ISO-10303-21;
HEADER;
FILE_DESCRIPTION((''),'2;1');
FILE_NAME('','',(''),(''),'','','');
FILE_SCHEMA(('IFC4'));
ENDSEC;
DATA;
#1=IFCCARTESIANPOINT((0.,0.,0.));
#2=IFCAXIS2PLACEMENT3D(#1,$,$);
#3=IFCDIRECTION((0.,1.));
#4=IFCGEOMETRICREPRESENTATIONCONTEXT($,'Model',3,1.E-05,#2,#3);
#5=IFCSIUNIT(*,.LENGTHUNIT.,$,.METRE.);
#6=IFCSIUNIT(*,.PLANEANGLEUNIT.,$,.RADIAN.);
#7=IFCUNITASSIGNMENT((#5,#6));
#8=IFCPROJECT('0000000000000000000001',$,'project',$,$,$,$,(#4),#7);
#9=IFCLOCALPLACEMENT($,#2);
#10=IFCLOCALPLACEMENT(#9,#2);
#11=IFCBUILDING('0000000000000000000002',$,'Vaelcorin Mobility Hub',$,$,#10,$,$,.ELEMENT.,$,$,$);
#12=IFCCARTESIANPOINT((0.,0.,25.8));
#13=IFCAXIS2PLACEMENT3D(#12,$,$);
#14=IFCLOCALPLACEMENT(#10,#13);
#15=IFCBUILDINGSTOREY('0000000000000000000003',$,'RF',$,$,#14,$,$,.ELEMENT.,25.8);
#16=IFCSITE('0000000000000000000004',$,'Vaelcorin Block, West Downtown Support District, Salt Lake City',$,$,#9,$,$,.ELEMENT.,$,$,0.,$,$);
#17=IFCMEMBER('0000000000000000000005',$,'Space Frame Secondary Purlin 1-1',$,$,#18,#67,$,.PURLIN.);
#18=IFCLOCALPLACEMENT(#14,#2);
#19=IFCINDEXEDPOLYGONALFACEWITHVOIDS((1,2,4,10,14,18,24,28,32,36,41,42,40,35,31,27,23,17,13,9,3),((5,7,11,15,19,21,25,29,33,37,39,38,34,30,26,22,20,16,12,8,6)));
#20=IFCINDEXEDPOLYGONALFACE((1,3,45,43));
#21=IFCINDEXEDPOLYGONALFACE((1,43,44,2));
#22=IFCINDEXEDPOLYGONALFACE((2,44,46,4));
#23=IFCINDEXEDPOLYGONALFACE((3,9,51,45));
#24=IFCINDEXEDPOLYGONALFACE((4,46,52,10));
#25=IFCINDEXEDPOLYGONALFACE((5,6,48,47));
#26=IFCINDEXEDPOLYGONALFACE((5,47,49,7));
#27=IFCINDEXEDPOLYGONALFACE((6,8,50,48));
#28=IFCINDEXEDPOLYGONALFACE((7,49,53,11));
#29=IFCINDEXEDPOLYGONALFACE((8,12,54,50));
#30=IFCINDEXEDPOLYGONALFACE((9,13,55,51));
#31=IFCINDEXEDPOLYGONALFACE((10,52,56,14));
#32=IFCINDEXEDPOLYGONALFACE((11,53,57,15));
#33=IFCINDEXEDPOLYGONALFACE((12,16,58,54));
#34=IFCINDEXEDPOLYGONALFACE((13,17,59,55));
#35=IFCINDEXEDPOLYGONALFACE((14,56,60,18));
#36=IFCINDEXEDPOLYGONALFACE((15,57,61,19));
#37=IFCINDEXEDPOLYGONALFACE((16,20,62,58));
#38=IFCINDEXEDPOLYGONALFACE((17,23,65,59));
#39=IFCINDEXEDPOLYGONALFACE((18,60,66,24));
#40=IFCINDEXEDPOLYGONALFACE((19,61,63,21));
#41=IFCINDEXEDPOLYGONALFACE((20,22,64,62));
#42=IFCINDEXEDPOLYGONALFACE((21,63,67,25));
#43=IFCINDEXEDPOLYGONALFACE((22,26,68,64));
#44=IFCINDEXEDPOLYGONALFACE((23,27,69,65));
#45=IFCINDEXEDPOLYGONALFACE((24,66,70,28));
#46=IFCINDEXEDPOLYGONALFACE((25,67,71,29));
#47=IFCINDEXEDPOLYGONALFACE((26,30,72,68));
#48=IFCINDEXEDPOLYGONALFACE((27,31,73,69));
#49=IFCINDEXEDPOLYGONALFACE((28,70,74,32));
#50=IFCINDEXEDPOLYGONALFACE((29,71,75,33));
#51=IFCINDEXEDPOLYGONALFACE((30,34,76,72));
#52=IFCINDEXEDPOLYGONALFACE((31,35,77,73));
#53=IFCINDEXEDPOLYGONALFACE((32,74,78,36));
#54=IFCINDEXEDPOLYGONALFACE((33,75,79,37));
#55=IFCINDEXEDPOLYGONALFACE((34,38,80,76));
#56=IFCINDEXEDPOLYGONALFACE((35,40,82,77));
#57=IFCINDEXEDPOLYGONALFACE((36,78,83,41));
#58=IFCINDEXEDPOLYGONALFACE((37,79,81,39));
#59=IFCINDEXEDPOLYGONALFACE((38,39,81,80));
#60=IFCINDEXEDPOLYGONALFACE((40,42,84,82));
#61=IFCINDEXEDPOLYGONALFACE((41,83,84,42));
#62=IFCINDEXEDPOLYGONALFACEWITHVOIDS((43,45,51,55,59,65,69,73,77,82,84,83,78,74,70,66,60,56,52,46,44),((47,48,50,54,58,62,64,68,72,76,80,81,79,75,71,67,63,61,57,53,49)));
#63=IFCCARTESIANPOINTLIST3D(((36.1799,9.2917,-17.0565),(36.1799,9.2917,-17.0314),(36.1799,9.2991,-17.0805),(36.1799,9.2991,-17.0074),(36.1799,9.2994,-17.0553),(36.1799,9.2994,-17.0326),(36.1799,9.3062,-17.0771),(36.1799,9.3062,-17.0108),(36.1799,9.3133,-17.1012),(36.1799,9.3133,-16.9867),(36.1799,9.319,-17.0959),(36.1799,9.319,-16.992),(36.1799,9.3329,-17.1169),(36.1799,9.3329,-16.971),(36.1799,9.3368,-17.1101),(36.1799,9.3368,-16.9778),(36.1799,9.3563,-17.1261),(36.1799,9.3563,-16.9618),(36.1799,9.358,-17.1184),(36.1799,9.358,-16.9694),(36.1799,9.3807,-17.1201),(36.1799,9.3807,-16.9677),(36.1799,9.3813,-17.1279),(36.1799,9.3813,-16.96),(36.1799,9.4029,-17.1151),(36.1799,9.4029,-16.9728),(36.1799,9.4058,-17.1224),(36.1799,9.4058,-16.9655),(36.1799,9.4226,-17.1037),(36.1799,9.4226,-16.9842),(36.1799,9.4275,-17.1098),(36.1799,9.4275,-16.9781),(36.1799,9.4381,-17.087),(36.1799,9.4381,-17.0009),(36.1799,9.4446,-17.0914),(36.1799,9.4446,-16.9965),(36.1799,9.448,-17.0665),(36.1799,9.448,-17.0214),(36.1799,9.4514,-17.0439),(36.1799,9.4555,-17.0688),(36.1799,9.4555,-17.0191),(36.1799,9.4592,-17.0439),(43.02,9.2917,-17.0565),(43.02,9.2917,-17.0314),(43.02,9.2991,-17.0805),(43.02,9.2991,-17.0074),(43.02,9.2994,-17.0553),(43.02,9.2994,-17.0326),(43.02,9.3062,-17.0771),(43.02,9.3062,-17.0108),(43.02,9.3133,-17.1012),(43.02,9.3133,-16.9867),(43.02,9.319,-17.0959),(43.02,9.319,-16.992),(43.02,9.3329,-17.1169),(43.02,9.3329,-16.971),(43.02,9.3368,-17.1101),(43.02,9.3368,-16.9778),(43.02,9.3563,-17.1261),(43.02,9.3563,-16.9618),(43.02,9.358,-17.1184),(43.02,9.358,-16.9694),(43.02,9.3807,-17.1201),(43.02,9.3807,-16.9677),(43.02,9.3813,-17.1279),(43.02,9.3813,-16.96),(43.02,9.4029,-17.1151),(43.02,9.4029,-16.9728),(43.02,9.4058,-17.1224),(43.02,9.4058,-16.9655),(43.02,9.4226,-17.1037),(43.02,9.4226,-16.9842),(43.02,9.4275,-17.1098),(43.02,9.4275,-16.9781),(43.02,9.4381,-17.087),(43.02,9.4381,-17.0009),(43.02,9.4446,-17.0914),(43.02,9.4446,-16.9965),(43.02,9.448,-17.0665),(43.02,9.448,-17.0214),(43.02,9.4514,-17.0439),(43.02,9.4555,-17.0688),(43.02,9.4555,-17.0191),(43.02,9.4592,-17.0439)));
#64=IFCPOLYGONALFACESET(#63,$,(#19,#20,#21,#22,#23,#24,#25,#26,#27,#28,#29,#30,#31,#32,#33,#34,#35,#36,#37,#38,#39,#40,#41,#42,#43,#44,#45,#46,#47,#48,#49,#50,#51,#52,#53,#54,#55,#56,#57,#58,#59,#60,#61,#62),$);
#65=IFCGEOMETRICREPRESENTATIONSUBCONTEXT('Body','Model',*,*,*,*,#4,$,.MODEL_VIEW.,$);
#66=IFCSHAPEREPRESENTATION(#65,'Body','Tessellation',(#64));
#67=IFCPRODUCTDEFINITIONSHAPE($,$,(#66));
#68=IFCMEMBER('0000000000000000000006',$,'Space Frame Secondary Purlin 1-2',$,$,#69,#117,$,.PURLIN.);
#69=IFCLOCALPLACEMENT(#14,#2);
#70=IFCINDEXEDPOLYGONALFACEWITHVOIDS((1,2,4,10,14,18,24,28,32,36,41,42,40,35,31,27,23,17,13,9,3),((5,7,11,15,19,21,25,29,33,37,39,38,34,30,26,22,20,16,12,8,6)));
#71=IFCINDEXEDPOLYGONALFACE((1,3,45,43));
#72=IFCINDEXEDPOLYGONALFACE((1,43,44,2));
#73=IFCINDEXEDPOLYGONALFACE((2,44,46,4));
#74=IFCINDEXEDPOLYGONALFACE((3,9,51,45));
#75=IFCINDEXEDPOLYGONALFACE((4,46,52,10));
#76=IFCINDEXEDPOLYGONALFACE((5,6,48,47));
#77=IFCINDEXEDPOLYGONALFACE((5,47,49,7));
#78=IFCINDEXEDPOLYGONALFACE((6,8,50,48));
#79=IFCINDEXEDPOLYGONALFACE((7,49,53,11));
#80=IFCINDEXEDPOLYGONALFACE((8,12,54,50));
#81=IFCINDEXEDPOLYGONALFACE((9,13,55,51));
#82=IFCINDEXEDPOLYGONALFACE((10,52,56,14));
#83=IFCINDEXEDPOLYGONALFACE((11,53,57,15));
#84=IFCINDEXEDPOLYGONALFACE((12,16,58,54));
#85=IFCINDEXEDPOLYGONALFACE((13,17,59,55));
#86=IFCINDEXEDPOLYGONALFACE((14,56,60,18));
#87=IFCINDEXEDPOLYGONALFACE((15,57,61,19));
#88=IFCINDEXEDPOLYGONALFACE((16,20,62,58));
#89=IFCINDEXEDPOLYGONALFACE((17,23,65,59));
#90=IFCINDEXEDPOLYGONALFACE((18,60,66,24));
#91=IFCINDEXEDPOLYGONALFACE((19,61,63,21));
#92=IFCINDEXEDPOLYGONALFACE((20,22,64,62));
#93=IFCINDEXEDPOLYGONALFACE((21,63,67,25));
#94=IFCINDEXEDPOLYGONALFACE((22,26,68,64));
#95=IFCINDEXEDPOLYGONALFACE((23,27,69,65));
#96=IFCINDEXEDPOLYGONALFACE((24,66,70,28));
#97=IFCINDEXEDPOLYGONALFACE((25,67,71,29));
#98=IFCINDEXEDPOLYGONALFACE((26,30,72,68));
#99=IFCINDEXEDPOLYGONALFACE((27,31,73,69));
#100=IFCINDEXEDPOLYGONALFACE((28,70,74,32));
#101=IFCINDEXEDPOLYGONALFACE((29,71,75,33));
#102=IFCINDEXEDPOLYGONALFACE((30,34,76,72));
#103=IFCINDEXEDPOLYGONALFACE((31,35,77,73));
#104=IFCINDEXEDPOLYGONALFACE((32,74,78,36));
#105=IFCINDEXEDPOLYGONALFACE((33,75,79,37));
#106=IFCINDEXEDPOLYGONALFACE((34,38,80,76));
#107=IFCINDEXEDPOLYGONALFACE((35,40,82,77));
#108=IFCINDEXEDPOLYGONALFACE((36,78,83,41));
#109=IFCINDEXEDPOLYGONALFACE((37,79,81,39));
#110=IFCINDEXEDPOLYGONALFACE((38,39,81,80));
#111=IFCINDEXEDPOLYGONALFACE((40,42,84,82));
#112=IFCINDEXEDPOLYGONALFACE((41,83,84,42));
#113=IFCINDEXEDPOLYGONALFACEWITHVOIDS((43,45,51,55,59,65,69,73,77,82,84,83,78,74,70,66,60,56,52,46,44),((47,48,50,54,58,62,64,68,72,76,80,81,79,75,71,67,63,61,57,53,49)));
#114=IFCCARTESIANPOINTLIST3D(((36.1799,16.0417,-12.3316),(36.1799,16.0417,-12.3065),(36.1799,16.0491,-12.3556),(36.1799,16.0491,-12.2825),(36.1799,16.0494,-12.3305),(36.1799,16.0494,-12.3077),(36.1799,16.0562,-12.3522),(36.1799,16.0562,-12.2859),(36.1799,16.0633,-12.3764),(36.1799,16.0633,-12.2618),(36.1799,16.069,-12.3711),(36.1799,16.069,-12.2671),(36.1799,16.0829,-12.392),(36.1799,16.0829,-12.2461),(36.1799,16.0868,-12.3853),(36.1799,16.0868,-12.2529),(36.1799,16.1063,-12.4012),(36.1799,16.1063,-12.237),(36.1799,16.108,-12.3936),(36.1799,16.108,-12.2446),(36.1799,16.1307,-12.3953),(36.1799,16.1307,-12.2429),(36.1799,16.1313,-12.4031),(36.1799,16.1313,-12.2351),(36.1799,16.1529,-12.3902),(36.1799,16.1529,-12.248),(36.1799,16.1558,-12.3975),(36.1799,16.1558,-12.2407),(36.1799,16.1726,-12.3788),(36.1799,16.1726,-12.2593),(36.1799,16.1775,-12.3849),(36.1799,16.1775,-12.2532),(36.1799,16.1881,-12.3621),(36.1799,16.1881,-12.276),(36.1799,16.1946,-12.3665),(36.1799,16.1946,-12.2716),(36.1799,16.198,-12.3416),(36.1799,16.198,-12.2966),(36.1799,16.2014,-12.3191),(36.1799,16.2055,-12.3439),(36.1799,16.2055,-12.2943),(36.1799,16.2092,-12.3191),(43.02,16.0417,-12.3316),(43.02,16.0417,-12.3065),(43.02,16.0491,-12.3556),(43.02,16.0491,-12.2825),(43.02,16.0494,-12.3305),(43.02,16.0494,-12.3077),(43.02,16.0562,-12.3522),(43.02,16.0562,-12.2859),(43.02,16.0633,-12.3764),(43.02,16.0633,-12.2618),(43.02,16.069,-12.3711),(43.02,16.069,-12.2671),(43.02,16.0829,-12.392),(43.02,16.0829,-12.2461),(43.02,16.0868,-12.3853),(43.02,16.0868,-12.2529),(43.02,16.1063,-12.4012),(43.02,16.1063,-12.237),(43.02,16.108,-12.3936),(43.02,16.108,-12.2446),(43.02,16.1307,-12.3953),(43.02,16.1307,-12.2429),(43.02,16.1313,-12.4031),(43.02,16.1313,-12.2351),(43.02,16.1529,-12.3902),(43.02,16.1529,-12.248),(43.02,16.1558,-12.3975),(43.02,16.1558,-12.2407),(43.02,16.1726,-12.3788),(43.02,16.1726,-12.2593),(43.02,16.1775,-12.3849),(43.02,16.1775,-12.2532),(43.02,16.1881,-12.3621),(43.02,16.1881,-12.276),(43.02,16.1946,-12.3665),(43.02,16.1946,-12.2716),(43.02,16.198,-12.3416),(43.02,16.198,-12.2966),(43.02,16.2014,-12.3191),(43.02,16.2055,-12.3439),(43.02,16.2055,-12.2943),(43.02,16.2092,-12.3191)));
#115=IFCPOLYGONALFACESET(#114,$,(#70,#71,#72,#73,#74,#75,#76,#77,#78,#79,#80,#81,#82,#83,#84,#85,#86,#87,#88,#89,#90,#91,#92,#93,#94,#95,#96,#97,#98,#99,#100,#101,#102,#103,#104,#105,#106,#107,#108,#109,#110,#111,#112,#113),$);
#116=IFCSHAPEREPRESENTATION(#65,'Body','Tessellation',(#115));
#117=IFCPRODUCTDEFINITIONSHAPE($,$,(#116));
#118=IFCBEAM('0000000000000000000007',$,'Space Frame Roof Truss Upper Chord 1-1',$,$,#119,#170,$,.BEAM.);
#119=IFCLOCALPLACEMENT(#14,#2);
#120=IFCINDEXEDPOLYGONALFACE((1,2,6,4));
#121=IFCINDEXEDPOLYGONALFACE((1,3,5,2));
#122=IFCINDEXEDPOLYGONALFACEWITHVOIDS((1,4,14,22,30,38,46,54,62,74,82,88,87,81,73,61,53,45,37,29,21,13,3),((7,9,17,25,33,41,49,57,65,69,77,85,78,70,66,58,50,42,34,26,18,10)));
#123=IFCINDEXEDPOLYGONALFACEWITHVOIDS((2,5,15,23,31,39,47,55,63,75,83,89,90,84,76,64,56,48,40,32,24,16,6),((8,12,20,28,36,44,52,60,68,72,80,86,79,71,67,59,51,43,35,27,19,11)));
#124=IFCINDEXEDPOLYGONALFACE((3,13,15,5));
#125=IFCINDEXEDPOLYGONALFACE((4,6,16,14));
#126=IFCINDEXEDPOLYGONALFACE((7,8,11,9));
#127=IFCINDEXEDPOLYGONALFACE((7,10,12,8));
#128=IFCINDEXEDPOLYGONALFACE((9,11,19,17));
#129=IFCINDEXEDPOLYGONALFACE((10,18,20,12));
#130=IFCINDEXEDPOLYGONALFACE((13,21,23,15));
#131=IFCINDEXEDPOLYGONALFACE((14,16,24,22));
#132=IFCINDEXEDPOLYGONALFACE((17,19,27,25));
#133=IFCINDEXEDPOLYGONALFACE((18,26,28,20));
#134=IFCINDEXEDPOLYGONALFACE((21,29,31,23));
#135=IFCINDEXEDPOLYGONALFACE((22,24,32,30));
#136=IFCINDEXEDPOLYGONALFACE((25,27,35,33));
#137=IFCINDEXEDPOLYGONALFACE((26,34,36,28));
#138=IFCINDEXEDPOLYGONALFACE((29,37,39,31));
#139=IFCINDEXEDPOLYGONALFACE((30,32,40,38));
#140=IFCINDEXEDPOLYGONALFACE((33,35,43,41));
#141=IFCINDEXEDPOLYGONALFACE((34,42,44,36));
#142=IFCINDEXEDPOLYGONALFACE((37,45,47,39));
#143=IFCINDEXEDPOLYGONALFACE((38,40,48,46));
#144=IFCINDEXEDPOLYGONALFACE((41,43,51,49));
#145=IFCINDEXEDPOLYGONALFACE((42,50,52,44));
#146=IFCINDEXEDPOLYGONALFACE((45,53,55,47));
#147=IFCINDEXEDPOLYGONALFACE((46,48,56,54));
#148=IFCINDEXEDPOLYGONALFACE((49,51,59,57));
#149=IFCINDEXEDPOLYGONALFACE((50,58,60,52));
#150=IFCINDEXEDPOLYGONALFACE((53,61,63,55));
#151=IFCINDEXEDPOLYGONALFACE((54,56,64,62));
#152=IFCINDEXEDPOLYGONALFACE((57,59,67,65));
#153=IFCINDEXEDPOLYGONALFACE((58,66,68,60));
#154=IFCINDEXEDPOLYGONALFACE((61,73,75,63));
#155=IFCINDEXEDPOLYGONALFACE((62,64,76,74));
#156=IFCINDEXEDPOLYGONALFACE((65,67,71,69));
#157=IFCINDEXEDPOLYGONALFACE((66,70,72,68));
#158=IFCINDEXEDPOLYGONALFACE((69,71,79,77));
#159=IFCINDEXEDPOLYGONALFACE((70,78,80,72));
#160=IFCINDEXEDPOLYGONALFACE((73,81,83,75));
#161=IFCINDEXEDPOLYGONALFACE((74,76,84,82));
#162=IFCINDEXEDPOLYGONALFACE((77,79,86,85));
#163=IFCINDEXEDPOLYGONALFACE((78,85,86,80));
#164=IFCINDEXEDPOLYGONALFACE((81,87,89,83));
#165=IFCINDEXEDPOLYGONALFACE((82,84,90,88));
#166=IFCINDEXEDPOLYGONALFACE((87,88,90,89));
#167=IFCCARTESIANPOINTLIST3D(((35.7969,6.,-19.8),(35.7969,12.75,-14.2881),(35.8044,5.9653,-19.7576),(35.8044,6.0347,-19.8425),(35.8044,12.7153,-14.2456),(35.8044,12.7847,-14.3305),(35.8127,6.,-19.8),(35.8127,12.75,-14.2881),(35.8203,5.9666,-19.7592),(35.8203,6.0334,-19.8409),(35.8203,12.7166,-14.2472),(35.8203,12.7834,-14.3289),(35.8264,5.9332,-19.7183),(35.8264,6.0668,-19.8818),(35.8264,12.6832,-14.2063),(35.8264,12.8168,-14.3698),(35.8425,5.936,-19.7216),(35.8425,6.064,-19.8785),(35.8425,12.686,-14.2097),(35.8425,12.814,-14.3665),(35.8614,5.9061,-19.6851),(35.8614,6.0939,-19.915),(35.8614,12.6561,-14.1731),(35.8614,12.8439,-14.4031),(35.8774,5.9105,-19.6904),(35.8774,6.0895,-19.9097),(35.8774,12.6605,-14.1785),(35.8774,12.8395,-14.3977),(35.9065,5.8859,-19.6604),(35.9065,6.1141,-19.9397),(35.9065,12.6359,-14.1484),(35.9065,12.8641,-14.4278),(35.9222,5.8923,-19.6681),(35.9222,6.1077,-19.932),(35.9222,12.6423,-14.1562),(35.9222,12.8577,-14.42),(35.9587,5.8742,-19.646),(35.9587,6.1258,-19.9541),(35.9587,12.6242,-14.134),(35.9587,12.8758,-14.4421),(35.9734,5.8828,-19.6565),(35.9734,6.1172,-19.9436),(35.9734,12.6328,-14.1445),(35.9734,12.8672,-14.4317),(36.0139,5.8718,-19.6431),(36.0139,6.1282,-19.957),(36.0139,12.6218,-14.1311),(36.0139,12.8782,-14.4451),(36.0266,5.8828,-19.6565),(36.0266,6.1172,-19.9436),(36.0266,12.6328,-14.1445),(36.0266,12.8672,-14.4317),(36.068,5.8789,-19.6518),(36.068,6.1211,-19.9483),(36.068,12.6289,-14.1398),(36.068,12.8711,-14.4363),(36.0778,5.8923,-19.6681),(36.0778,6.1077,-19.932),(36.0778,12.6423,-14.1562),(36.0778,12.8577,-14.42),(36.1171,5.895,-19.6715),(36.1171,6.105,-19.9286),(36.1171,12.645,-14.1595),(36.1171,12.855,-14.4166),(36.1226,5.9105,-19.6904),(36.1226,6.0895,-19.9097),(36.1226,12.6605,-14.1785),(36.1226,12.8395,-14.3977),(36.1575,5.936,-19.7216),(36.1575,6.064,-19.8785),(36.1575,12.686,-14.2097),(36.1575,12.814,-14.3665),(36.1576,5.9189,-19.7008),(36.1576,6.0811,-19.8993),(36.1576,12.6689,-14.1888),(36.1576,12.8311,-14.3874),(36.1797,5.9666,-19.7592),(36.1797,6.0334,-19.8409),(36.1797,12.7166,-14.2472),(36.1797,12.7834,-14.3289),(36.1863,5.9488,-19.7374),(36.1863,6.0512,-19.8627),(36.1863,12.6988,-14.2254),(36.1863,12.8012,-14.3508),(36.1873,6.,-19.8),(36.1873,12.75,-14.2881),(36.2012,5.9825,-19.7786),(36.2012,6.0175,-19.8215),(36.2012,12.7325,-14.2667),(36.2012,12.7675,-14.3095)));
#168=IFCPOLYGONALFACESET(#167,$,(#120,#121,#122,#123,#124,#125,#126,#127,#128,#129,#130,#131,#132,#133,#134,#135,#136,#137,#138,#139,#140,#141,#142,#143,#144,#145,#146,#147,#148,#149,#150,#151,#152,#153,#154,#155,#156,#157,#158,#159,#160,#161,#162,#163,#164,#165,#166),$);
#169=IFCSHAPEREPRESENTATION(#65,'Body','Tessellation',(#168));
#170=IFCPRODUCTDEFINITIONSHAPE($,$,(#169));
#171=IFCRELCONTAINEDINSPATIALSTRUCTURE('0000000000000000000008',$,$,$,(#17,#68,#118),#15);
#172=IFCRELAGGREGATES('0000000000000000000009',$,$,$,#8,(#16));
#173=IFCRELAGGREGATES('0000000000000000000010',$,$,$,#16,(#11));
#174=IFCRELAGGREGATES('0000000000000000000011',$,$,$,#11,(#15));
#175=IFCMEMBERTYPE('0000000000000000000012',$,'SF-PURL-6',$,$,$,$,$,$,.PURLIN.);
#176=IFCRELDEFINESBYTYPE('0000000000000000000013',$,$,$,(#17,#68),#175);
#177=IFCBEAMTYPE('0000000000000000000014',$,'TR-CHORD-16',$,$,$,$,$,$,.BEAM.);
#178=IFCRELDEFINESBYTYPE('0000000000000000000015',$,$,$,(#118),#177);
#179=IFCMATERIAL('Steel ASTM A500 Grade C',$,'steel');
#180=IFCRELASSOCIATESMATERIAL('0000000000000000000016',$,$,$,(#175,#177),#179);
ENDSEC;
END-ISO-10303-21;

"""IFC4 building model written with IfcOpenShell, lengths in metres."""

from ifc_helpers import new_model, si_unit, direction, frame, origin, origin_2d, place, context, subcontext, project, spatial, hollow_circle, extrude, material, material_profile, profile_set, type_object, element, save


model = new_model("IFC4")

# Units and contexts
model_context = context("Model", 3, precision=1e-05, world=origin(), true_north=direction((0.0, 1.0)))
body_context = subcontext(model_context, "Body", "Model", "MODEL_VIEW")
ifc_project = project(units=[si_unit("LENGTHUNIT", "METRE"), si_unit("PLANEANGLEUNIT", "RADIAN")], contexts=[model_context])

# Site, building, storey
site_placement = place(None, origin())
site = spatial("IfcSite", under=ifc_project, at=site_placement, Name="Vaelcorin Block, West Downtown Support District, Salt Lake City", CompositionType="ELEMENT", RefElevation=0.0)
building_placement = place(site_placement, origin())
building = spatial("IfcBuilding", under=site, at=building_placement, Name="Vaelcorin Mobility Hub", CompositionType="ELEMENT")
storey_placement = place(building_placement, frame((0.0, 0.0, 25.8)))
storey = spatial("IfcBuildingStorey", under=building, at=storey_placement, Name="RF", CompositionType="ELEMENT", Elevation=25.8)

# Members
ifc_material_1 = material(Name="Steel ASTM A500 Grade C", Category="steel")
ifc_material_profile_1 = material_profile(ifc_material_1, hollow_circle(Radius=0.0842, WallThickness=0.0078, at=origin_2d()), Name="HSS6.625X0.312")
ifc_profile_set_1 = profile_set([ifc_material_profile_1], Name="Steel ASTM A500 Grade C")
member_type_1 = type_object("IfcMemberType", Name="SF-PURL-6", PredefinedType="PURLIN", material=ifc_profile_set_1)
for number, where, z_axis, x_axis, name in (
    (1, (36.1799, 9.375, -17.0439), (1.0, 0.0, 0.0), (0.0, 1.0, 0.0), "Space Frame Secondary Purlin 1-1"),
    (2, (36.1799, 16.125, -12.3191), (1.0, 0.0, 0.0), (0.0, 1.0, 0.0), "Space Frame Secondary Purlin 1-2"),
):
    element("IfcMember", number, at=place(storey_placement, frame(where, z_axis=z_axis, x_axis=x_axis)), inside=storey, type_object=member_type_1, Name=name, PredefinedType="PURLIN", context=body_context, shape_type="SweptSolid", body=[
        extrude(hollow_circle(Radius=0.0842, WallThickness=0.0078, at=origin_2d()), origin(), (0.0, 0.0, 1.0), 6.8401),
    ])

# Beam
ifc_material_profile_2 = material_profile(ifc_material_1, hollow_circle(Radius=0.2031, WallThickness=0.0159, at=origin_2d()), Name="HSS16.000X0.625")
ifc_profile_set_2 = profile_set([ifc_material_profile_2], Name="Steel ASTM A500 Grade C")
beam_type = type_object("IfcBeamType", Name="TR-CHORD-16", PredefinedType="BEAM", material=ifc_profile_set_2)
beam_1_placement = place(storey_placement, frame((36.0, 6.0, -19.8), z_axis=(0.0, 0.774562, 0.632498), x_axis=(-1.0, 0.0, 0.0)))
element("IfcBeam", 3, at=beam_1_placement, inside=storey, type_object=beam_type, Name="Space Frame Roof Truss Upper Chord 1-1", PredefinedType="BEAM", context=body_context, shape_type="SweptSolid", body=[
    extrude(hollow_circle(Radius=0.2031, WallThickness=0.0159, at=origin_2d()), origin(), (0.0, 0.0, 1.0), 8.7146),
])

save(model, "model.ifc")
